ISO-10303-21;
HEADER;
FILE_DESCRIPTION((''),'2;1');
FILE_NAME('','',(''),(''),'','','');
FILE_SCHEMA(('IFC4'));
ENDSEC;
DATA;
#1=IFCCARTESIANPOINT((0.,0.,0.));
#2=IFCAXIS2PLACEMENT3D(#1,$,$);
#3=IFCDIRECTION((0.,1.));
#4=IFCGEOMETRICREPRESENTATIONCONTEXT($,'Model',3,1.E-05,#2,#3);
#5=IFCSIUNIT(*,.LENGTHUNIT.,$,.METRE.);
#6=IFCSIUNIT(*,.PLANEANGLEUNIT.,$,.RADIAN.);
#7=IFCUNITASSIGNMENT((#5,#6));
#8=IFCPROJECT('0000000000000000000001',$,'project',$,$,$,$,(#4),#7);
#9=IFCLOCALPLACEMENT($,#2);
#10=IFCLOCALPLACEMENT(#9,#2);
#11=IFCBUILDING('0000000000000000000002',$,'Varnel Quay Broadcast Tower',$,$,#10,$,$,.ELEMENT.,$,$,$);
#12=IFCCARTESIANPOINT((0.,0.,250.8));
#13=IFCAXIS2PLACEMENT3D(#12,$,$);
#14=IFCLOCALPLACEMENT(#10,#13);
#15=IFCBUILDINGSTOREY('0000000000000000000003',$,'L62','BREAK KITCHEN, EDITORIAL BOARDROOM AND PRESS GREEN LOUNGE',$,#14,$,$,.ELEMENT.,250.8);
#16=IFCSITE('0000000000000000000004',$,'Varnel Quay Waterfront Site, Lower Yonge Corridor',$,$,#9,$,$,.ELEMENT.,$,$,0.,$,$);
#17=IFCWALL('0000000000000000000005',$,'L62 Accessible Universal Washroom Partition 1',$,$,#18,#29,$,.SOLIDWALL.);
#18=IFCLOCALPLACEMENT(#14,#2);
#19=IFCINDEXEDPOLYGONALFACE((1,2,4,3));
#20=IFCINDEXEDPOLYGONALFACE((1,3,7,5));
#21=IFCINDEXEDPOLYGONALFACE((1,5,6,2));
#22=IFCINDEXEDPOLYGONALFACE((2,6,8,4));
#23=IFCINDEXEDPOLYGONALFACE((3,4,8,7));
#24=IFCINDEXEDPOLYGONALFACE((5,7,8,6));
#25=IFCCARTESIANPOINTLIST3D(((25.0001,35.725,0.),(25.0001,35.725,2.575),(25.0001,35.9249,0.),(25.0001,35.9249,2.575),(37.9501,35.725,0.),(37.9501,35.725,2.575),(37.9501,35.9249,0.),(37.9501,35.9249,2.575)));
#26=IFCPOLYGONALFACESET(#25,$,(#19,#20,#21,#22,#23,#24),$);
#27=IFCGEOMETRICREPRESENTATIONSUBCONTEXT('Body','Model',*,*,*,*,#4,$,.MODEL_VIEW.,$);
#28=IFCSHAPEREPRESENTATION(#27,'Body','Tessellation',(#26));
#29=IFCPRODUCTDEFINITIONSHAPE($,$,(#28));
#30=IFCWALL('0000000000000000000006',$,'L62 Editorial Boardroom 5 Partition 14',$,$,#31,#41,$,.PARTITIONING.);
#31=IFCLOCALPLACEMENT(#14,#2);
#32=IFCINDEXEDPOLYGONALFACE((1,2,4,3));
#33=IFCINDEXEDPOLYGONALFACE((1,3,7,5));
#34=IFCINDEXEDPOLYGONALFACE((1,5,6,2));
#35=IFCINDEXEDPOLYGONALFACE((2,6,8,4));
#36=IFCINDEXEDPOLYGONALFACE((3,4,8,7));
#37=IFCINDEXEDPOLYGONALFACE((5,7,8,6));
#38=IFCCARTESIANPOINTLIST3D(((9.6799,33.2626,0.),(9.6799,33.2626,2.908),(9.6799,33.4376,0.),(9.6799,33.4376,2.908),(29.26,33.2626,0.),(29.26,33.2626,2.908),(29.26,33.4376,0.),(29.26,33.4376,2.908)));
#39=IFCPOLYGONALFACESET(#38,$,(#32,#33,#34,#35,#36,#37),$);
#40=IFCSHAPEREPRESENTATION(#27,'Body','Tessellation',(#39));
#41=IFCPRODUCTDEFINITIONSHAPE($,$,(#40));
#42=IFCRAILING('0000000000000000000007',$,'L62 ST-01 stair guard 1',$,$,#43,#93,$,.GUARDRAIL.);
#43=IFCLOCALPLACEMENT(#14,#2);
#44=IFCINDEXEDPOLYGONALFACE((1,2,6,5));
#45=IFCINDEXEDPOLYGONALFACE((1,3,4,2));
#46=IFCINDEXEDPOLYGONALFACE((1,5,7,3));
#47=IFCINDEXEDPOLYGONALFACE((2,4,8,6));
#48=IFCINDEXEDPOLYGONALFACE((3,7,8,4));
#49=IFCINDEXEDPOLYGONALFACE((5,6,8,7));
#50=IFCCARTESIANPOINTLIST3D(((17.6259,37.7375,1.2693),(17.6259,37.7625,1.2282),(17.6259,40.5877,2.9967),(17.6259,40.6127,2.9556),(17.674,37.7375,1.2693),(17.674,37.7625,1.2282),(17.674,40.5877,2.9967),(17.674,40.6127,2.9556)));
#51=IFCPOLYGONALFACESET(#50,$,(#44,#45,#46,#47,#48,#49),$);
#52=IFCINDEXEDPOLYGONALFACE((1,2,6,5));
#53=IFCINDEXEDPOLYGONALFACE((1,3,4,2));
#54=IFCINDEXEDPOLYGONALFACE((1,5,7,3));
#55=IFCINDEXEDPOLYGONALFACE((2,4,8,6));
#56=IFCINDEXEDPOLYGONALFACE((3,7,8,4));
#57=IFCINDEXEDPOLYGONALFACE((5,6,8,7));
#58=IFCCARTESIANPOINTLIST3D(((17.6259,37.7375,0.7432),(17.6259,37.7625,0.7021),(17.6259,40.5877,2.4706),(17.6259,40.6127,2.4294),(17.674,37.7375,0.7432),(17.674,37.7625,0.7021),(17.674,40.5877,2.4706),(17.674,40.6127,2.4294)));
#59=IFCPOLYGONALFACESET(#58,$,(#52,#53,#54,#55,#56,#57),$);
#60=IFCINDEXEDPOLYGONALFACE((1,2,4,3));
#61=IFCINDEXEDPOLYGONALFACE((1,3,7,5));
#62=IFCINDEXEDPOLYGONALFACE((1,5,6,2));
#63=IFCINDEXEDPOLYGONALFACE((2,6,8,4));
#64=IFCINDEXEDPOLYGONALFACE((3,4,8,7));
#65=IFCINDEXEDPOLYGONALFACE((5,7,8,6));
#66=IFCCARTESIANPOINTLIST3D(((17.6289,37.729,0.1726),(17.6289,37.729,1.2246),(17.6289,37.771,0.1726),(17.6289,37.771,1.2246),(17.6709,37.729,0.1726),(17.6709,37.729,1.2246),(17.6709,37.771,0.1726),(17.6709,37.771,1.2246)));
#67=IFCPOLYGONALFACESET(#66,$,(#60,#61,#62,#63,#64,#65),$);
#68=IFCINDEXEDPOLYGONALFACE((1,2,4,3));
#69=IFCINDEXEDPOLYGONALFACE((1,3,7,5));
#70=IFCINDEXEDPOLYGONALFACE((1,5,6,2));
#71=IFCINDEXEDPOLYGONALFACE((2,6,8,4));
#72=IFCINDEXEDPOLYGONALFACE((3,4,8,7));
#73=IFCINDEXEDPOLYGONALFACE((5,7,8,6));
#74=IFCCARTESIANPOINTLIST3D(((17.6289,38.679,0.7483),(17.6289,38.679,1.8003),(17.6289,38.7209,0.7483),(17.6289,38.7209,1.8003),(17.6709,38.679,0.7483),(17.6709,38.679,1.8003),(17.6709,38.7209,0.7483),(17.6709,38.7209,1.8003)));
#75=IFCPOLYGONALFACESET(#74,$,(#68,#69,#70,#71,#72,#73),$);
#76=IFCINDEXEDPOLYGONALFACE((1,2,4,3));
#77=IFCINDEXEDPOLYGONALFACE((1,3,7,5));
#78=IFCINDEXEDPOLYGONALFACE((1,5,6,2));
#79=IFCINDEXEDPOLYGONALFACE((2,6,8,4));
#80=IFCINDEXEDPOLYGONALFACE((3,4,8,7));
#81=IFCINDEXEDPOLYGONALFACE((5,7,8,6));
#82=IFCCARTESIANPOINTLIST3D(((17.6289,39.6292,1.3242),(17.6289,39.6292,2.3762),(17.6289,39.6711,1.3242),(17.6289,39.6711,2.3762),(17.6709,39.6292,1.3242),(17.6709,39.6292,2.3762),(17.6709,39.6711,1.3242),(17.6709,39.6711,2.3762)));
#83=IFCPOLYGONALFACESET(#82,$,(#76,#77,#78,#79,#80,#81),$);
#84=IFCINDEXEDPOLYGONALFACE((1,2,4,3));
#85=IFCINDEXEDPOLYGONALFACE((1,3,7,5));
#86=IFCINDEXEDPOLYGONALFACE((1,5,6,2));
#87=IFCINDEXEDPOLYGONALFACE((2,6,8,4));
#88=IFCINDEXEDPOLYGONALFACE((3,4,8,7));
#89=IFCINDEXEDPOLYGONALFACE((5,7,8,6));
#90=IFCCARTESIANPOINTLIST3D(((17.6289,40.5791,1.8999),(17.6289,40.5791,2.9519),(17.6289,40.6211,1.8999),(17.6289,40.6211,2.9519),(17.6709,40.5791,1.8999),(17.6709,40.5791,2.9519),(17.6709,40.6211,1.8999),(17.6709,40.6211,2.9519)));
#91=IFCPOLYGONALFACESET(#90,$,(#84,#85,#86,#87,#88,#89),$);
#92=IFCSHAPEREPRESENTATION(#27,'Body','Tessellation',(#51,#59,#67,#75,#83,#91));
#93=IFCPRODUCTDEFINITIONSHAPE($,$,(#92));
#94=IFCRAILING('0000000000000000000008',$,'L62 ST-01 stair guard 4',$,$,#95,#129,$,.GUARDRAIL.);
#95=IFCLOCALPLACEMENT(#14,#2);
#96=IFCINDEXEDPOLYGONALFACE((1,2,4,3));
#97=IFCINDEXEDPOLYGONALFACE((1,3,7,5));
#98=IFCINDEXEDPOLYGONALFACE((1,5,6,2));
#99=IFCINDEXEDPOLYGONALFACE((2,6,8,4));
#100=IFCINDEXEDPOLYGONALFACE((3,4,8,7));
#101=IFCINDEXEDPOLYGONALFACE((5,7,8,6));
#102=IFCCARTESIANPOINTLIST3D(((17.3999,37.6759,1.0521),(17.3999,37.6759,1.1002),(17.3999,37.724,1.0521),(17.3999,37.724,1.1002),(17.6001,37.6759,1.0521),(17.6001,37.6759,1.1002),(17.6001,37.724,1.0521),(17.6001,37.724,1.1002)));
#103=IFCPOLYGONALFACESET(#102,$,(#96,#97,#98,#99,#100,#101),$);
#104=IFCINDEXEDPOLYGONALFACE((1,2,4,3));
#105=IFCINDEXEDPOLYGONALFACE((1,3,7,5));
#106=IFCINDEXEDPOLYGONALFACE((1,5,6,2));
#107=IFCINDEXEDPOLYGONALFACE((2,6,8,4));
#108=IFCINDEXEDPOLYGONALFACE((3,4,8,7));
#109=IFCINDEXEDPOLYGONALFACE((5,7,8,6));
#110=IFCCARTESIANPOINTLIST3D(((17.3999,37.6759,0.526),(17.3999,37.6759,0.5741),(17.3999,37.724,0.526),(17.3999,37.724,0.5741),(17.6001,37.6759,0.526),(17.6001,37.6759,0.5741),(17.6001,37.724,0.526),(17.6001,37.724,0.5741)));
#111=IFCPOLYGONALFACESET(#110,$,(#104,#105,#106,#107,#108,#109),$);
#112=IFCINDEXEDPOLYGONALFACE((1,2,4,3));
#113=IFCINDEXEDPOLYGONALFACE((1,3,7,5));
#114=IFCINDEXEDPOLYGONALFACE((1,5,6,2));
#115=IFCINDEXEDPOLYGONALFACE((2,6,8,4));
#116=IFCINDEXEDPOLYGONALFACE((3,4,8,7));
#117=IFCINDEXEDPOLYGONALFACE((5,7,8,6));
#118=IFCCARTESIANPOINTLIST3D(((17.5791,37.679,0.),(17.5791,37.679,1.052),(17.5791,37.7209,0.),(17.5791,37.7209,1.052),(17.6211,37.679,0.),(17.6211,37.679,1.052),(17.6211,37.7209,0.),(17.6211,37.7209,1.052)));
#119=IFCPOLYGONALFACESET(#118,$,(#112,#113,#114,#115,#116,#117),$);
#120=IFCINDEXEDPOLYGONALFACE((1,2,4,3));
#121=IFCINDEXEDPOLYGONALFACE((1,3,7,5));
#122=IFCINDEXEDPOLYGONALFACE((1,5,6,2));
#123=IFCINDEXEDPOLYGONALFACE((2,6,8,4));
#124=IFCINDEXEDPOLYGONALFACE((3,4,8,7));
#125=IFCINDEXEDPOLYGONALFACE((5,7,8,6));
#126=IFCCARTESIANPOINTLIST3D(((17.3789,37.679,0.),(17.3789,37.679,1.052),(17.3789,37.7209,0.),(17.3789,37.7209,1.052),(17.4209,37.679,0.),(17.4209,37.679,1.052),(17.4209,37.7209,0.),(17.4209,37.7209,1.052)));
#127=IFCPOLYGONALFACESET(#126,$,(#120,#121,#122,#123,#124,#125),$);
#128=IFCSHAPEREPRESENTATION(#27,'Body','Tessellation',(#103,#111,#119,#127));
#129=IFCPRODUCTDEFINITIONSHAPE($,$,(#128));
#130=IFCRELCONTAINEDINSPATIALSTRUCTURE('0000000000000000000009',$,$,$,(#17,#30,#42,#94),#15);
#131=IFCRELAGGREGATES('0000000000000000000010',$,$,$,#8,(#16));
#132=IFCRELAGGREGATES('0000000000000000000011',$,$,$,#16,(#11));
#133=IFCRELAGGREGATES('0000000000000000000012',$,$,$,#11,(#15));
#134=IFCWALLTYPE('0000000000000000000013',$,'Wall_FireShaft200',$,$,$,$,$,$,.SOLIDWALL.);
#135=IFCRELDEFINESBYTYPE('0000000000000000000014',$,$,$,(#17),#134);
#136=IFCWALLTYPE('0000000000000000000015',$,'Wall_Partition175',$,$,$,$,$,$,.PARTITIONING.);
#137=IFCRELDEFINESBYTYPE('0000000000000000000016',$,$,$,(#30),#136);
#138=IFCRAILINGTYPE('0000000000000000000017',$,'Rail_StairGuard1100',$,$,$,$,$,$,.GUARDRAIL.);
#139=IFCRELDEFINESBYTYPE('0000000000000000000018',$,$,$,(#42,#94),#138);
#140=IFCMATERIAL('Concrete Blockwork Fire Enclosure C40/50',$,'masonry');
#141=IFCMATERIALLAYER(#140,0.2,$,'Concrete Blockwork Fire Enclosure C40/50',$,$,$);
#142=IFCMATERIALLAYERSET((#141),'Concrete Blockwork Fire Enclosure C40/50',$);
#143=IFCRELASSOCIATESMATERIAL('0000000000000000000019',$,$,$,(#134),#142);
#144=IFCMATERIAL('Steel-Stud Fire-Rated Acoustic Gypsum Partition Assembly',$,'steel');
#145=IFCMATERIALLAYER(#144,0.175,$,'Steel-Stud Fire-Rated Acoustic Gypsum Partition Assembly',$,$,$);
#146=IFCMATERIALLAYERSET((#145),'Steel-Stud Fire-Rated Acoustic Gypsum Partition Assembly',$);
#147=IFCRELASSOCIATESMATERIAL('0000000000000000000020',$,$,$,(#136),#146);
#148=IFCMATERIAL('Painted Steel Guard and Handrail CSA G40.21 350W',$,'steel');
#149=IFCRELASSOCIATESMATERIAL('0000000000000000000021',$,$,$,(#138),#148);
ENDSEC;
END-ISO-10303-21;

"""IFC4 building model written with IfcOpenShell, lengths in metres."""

from ifc_helpers import new_model, si_unit, direction, frame, frame_2d, origin, origin_2d, place, context, subcontext, project, spatial, rectangle, extrude, material, layer, layer_set, type_object, element, save


model = new_model("IFC4")

# Units and contexts
model_context = context("Model", 3, precision=1e-05, world=origin(), true_north=direction((0.0, 1.0)))
body_context = subcontext(model_context, "Body", "Model", "MODEL_VIEW")
ifc_project = project(units=[si_unit("LENGTHUNIT", "METRE"), si_unit("PLANEANGLEUNIT", "RADIAN")], contexts=[model_context])

# Site, building, storey
site_placement = place(None, origin())
site = spatial("IfcSite", under=ifc_project, at=site_placement, Name="Varnel Quay Waterfront Site, Lower Yonge Corridor", CompositionType="ELEMENT", RefElevation=0.0)
building_placement = place(site_placement, origin())
building = spatial("IfcBuilding", under=site, at=building_placement, Name="Varnel Quay Broadcast Tower", CompositionType="ELEMENT")
storey_placement = place(building_placement, frame((0.0, 0.0, 250.8)))
storey = spatial("IfcBuildingStorey", under=building, at=storey_placement, Name="L62", Description="BREAK KITCHEN, EDITORIAL BOARDROOM AND PRESS GREEN LOUNGE", CompositionType="ELEMENT", Elevation=250.8)

# Walls
ifc_material_1 = material(Name="Concrete Blockwork Fire Enclosure C40/50", Category="masonry")
ifc_layer_1 = layer(ifc_material_1, 0.2, Name="Concrete Blockwork Fire Enclosure C40/50")
ifc_layer_set_1 = layer_set([ifc_layer_1], Name="Concrete Blockwork Fire Enclosure C40/50")
wall_type_1 = type_object("IfcWallType", Name="Wall_FireShaft200", PredefinedType="SOLIDWALL", material=ifc_layer_set_1)
wall_1_placement = place(storey_placement, frame((25.0, 35.825, 0.0), z_axis=(0.0, 0.0, 1.0), x_axis=(1.0, 0.0, 0.0)))
element("IfcWall", 1, at=wall_1_placement, inside=storey, type_object=wall_type_1, Name="L62 Accessible Universal Washroom Partition 1", PredefinedType="SOLIDWALL", context=body_context, shape_type="SweptSolid", body=[
    extrude(rectangle(XDim=12.95, YDim=0.2, at=frame_2d((6.4751, 0.0))), origin(), (0.0, 0.0, 1.0), 2.575),
])
ifc_material_2 = material(Name="Steel-Stud Fire-Rated Acoustic Gypsum Partition Assembly", Category="steel")
ifc_layer_2 = layer(ifc_material_2, 0.175, Name="Steel-Stud Fire-Rated Acoustic Gypsum Partition Assembly")
ifc_layer_set_2 = layer_set([ifc_layer_2], Name="Steel-Stud Fire-Rated Acoustic Gypsum Partition Assembly")
wall_type_2 = type_object("IfcWallType", Name="Wall_Partition175", PredefinedType="PARTITIONING", material=ifc_layer_set_2)
wall_2_placement = place(storey_placement, frame((9.6799, 33.3501, 0.0), z_axis=(0.0, 0.0, 1.0), x_axis=(1.0, 0.0, 0.0)))
element("IfcWall", 2, at=wall_2_placement, inside=storey, type_object=wall_type_2, Name="L62 Editorial Boardroom 5 Partition 14", PredefinedType="PARTITIONING", context=body_context, shape_type="SweptSolid", body=[
    extrude(rectangle(XDim=19.5801, YDim=0.175, at=frame_2d((9.79, 0.0))), origin(), (0.0, 0.0, 1.0), 2.908),
])

# Railings
ifc_material_3 = material(Name="Painted Steel Guard and Handrail CSA G40.21 350W", Category="steel")
railing_type = type_object("IfcRailingType", Name="Rail_StairGuard1100", PredefinedType="GUARDRAIL", material=ifc_material_3)
railing_1_placement = place(storey_placement, frame((17.6499, 37.75, 0.1726)))
element("IfcRailing", 3, at=railing_1_placement, inside=storey, type_object=railing_type, Name="L62 ST-01 stair guard 1", PredefinedType="GUARDRAIL", context=body_context, shape_type="SweptSolid", body=[
    extrude(rectangle(XDim=0.0481, YDim=0.0481, at=origin_2d()), frame((0.0, 0.0, 1.0762), z_axis=(0.0, 0.855203, 0.518294), x_axis=(-1.0, 0.0, 0.0)), (0.0, 0.0, 1.0), 3.3328),
    extrude(rectangle(XDim=0.0481, YDim=0.0481, at=origin_2d()), frame((0.0, 0.0, 0.55), z_axis=(0.0, 0.855203, 0.518294), x_axis=(-1.0, 0.0, 0.0)), (0.0, 0.0, 1.0), 3.3328),
    extrude(rectangle(XDim=0.042, YDim=0.042, at=origin_2d()), origin(), (0.0, 0.0, 1.0), 1.052),
    extrude(rectangle(XDim=0.042, YDim=0.042, at=origin_2d()), frame((0.0, 0.95, 0.5757)), (0.0, 0.0, 1.0), 1.052),
    extrude(rectangle(XDim=0.042, YDim=0.042, at=origin_2d()), frame((0.0, 1.9001, 1.1516)), (0.0, 0.0, 1.0), 1.052),
    extrude(rectangle(XDim=0.042, YDim=0.042, at=origin_2d()), frame((0.0, 2.8501, 1.7273)), (0.0, 0.0, 1.0), 1.052),
])
railing_2_placement = place(storey_placement, frame((17.6001, 37.7, 0.0)))
element("IfcRailing", 4, at=railing_2_placement, inside=storey, type_object=railing_type, Name="L62 ST-01 stair guard 4", PredefinedType="GUARDRAIL", context=body_context, shape_type="SweptSolid", body=[
    extrude(rectangle(XDim=0.0481, YDim=0.0481, at=origin_2d()), frame((0.0, 0.0, 1.0762), z_axis=(-1.0, 0.0, 0.0), x_axis=(0.0, -1.0, 0.0)), (0.0, 0.0, 1.0), 0.2002),
    extrude(rectangle(XDim=0.0481, YDim=0.0481, at=origin_2d()), frame((0.0, 0.0, 0.55), z_axis=(-1.0, 0.0, 0.0), x_axis=(0.0, -1.0, 0.0)), (0.0, 0.0, 1.0), 0.2002),
    extrude(rectangle(XDim=0.042, YDim=0.042, at=origin_2d()), origin(), (0.0, 0.0, 1.0), 1.052),
    extrude(rectangle(XDim=0.042, YDim=0.042, at=origin_2d()), frame((-0.2002, 0.0, 0.0)), (0.0, 0.0, 1.0), 1.052),
])

save(model, "model.ifc")
